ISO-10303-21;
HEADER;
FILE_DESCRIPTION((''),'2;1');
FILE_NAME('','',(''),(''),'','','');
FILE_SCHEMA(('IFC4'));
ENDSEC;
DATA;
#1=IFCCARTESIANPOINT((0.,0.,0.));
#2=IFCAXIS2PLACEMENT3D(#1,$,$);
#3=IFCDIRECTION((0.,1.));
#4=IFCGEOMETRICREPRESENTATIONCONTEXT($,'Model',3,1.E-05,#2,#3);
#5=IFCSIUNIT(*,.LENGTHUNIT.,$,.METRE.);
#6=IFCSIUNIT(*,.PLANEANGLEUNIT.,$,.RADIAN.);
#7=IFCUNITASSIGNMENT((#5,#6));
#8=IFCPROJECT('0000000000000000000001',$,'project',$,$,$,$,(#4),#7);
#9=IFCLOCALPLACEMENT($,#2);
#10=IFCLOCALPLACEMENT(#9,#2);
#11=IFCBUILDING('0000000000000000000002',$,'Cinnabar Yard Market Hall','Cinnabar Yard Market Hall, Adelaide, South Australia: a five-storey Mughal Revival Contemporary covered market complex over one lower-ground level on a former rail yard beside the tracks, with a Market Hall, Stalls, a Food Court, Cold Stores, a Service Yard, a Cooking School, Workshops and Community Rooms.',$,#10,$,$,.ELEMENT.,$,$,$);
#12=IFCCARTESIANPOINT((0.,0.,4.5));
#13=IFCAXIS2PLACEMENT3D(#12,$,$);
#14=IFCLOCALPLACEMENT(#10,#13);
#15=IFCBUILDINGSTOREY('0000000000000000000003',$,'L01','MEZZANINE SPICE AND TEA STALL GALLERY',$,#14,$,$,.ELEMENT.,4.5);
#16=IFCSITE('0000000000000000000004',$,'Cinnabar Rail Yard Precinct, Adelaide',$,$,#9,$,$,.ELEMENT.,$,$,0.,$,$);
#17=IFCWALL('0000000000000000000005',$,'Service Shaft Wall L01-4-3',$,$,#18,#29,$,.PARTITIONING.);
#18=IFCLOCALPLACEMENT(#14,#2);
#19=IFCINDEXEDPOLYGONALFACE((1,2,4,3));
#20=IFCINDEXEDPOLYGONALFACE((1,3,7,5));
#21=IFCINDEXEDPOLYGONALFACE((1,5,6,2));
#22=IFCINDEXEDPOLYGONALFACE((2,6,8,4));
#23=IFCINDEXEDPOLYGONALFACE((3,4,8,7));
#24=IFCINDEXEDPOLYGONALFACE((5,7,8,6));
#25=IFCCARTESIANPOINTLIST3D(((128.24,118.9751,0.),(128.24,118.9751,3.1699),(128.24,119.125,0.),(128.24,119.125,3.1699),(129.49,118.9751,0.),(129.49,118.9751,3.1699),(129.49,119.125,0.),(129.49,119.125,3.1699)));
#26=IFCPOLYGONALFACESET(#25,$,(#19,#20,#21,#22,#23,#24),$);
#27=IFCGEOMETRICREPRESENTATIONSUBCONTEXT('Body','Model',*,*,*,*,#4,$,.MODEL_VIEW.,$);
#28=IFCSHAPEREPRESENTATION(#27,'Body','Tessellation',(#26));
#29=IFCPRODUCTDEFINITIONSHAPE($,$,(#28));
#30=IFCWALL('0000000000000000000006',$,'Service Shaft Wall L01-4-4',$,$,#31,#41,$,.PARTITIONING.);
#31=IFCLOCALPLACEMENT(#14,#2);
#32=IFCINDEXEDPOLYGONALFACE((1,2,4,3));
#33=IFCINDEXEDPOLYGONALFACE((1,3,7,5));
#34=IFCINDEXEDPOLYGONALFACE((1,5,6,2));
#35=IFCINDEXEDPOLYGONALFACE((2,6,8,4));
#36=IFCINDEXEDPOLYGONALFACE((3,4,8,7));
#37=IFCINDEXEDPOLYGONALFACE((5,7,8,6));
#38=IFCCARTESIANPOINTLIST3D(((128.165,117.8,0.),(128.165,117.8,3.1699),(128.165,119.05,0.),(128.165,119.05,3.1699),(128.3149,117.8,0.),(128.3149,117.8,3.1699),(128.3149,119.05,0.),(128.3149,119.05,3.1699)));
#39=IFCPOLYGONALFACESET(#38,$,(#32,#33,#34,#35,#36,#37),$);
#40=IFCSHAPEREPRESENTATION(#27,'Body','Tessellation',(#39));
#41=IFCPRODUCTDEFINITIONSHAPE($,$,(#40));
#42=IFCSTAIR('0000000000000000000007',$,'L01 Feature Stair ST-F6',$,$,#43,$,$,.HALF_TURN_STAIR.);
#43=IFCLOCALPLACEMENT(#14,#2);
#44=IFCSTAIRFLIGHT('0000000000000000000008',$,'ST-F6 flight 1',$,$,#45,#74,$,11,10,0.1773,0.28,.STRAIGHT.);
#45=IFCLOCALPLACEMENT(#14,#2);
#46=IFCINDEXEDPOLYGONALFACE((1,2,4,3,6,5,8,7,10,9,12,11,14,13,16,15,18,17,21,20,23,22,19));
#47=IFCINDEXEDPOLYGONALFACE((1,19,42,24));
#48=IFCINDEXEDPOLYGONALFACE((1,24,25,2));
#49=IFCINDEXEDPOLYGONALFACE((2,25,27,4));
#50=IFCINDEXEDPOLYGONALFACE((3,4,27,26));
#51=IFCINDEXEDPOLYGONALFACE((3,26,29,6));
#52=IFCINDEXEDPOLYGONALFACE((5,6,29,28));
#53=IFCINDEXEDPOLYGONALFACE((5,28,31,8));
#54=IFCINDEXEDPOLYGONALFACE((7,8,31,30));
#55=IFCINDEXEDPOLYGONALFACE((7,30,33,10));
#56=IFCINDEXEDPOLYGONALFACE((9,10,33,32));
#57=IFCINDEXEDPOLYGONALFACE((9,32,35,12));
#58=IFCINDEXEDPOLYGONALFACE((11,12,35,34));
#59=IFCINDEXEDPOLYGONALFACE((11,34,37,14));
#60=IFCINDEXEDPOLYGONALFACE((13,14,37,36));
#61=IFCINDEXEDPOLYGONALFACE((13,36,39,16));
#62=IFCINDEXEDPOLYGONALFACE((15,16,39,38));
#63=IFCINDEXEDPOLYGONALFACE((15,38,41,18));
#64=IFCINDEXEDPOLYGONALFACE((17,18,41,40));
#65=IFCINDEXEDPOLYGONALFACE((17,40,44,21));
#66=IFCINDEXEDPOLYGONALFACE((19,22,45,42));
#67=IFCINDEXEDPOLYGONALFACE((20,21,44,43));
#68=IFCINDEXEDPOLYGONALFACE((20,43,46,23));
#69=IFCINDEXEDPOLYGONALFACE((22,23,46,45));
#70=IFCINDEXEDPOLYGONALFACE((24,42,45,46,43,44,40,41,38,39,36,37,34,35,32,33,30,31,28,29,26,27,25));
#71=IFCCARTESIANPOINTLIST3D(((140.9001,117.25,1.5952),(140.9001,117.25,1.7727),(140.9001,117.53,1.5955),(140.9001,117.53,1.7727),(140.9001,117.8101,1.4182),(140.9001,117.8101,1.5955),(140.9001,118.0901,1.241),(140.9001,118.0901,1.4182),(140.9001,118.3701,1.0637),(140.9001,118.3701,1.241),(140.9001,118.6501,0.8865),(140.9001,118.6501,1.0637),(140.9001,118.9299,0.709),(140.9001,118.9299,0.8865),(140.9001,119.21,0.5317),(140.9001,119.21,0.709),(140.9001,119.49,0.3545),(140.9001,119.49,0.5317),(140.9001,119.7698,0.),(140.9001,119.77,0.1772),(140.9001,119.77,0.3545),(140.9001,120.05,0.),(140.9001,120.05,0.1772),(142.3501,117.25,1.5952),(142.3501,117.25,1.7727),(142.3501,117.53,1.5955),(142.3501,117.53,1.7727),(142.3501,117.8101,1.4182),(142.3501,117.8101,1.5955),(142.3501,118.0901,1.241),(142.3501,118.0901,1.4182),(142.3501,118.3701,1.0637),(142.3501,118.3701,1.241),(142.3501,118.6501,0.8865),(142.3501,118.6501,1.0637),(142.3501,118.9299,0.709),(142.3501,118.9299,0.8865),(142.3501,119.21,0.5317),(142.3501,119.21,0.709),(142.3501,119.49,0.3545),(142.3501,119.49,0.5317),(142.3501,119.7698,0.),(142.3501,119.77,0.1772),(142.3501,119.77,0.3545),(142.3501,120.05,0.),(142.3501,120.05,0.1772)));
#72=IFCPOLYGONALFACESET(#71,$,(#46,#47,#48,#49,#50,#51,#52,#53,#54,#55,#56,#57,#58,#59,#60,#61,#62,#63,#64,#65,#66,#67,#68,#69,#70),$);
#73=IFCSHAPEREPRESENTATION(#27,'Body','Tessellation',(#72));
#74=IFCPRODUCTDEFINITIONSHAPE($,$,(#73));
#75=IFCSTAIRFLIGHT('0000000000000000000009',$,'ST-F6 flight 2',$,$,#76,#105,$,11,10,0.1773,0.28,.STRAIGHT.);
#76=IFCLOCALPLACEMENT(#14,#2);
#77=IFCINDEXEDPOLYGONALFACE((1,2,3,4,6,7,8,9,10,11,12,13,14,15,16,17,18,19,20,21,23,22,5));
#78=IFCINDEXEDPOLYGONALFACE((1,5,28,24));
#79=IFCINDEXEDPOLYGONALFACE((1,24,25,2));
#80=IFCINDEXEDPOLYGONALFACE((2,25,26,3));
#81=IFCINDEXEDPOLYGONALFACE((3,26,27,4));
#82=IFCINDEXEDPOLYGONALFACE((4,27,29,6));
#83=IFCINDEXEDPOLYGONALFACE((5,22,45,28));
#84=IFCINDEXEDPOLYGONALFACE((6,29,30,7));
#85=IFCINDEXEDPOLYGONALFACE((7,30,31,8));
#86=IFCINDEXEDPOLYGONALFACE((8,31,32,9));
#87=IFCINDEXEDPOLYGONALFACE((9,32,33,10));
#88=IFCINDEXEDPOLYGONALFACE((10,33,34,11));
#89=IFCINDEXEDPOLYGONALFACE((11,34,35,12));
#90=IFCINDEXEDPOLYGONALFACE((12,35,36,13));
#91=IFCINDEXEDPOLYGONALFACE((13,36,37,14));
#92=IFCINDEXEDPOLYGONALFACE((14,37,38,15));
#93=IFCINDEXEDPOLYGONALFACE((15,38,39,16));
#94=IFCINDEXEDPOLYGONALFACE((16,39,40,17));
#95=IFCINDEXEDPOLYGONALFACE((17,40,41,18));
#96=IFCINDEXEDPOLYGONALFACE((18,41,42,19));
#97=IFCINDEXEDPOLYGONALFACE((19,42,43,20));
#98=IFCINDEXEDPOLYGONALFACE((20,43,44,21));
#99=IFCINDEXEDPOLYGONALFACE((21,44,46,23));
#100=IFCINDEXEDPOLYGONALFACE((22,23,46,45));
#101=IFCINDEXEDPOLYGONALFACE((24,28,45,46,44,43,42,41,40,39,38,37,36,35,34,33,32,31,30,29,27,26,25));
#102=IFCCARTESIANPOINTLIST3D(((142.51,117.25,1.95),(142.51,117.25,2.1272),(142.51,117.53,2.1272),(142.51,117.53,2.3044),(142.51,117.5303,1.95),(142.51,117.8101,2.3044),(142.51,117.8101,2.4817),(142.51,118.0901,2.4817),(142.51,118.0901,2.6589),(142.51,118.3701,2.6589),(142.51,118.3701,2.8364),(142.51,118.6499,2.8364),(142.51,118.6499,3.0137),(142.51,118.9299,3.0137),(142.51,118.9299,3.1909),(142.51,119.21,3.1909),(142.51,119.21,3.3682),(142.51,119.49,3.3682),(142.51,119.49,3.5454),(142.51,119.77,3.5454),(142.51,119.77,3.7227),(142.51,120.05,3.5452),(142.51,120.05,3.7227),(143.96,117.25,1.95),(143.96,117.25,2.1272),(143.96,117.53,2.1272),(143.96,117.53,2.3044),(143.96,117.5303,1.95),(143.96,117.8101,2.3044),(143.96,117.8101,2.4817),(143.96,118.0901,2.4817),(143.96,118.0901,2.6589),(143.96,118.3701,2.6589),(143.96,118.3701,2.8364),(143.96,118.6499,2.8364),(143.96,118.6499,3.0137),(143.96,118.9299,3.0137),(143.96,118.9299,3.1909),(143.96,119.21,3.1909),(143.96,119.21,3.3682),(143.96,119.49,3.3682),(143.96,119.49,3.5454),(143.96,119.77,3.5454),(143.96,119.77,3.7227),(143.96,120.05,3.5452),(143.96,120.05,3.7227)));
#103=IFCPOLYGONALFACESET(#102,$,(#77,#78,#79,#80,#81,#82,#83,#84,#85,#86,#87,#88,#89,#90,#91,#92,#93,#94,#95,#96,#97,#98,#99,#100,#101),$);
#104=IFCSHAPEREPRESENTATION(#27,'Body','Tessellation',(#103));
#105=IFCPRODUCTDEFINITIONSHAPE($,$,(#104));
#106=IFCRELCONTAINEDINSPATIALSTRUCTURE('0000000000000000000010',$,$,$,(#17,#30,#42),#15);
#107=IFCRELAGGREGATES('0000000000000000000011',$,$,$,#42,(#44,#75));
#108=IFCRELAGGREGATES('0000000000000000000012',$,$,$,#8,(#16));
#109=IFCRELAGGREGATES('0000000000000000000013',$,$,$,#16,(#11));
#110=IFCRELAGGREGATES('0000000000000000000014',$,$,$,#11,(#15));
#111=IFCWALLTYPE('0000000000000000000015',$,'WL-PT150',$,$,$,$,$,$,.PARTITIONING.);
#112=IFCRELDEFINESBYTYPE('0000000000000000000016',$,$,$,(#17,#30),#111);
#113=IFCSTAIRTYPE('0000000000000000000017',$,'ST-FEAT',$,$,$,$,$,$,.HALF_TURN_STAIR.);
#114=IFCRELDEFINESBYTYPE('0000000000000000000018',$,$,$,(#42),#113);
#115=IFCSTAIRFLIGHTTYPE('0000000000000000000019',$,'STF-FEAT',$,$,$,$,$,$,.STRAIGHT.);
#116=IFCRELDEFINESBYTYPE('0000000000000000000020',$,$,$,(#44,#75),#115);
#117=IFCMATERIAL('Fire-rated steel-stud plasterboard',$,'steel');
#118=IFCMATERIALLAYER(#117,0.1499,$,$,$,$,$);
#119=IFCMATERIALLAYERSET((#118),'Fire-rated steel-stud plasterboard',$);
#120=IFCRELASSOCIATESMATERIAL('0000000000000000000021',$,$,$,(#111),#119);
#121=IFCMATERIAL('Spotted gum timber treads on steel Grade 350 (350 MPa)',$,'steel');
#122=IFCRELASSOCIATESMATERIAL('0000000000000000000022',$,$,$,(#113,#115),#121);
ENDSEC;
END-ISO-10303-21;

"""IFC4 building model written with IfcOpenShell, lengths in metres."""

from ifc_helpers import new_model, si_unit, direction, frame, frame_2d, origin, place, context, subcontext, project, spatial, polyline, rectangle, outline, extrude, material, layer, layer_set, type_object, element, aggregate, save


model = new_model("IFC4")

# Units and contexts
model_context = context("Model", 3, precision=1e-05, world=origin(), true_north=direction((0.0, 1.0)))
body_context = subcontext(model_context, "Body", "Model", "MODEL_VIEW")
ifc_project = project(units=[si_unit("LENGTHUNIT", "METRE"), si_unit("PLANEANGLEUNIT", "RADIAN")], contexts=[model_context])

# Site, building, storey
site_placement = place(None, origin())
site = spatial("IfcSite", under=ifc_project, at=site_placement, Name="Cinnabar Rail Yard Precinct, Adelaide", CompositionType="ELEMENT", RefElevation=0.0)
building_placement = place(site_placement, origin())
building = spatial("IfcBuilding", under=site, at=building_placement, Name="Cinnabar Yard Market Hall", Description="Cinnabar Yard Market Hall, Adelaide, South Australia: a five-storey Mughal Revival Contemporary covered market complex over one lower-ground level on a former rail yard beside the tracks, with a Market Hall, Stalls, a Food Court, Cold Stores, a Service Yard, a Cooking School, Workshops and Community Rooms.", CompositionType="ELEMENT")
storey_placement = place(building_placement, frame((0.0, 0.0, 4.5)))
storey = spatial("IfcBuildingStorey", under=building, at=storey_placement, Name="L01", Description="MEZZANINE SPICE AND TEA STALL GALLERY", CompositionType="ELEMENT", Elevation=4.5)

# Walls
ifc_material_1 = material(Name="Fire-rated steel-stud plasterboard", Category="steel")
ifc_layer_1 = layer(ifc_material_1, 0.1499)
ifc_layer_set_1 = layer_set([ifc_layer_1], Name="Fire-rated steel-stud plasterboard")
wall_type_1 = type_object("IfcWallType", Name="WL-PT150", PredefinedType="PARTITIONING", material=ifc_layer_set_1)
for number, where, z_axis, x_axis, name in (
    (1, (129.49, 119.05, 0.0), (0.0, 0.0, 1.0), (-1.0, 0.0, 0.0), "Service Shaft Wall L01-4-3"),
    (2, (128.24, 119.05, 0.0), (0.0, 0.0, 1.0), (0.0, -1.0, 0.0), "Service Shaft Wall L01-4-4"),
):
    element("IfcWall", number, at=place(storey_placement, frame(where, z_axis=z_axis, x_axis=x_axis)), inside=storey, type_object=wall_type_1, Name=name, PredefinedType="PARTITIONING", context=body_context, shape_type="SweptSolid", body=[
        extrude(rectangle(XDim=1.25, YDim=0.1499, at=frame_2d((0.625, 0.0), x_axis=(1.0, 0.0))), origin(), (0.0, 0.0, 1.0), 3.1699),
    ])

# Stair, stair flights
ifc_material_2 = material(Name="Spotted gum timber treads on steel Grade 350 (350 MPa)", Category="steel")
stair_type = type_object("IfcStairType", Name="ST-FEAT", PredefinedType="HALF_TURN_STAIR", material=ifc_material_2)
stair_placement = place(storey_placement, origin())
stair = element("IfcStair", 3, at=stair_placement, inside=storey, type_object=stair_type, Name="L01 Feature Stair ST-F6", PredefinedType="HALF_TURN_STAIR")
stair_flight_type = type_object("IfcStairFlightType", Name="STF-FEAT", PredefinedType="STRAIGHT", material=ifc_material_2)
stair_flight_1_placement = place(storey_placement, frame((141.625, 120.05, 0.0), z_axis=(0.0, 0.0, 1.0), x_axis=(0.0, -1.0, 0.0)))
stair_flight_1 = element("IfcStairFlight", 4, at=stair_flight_1_placement, type_object=stair_flight_type, Name="ST-F6 flight 1", NumberOfRisers=11, NumberOfTreads=10, PredefinedType="STRAIGHT", RiserHeight=0.1773, TreadLength=0.28, context=body_context, shape_type="SweptSolid", body=[
    extrude(outline(polyline([(0.0, 0.0), (0.0, 0.1772), (0.28, 0.1772), (0.28, 0.3545), (0.5601, 0.3545), (0.5601, 0.5317), (0.8401, 0.5317), (0.8401, 0.709), (1.1201, 0.709), (1.1201, 0.8865), (1.3999, 0.8865), (1.3999, 1.0637), (1.6799, 1.0637), (1.6799, 1.241), (1.96, 1.241), (1.96, 1.4182), (2.24, 1.4182), (2.24, 1.5955), (2.52, 1.5955), (2.52, 1.7727), (2.8, 1.7727), (2.8, 1.95), (2.8, 1.5952), (0.2803, 0.0), (0.0, 0.0)])), frame((0.0, 0.7251, 0.0), z_axis=(0.0, -1.0, 0.0), x_axis=(1.0, 0.0, 0.0)), (0.0, 0.0, 1.0), 1.45),
])
stair_flight_2_placement = place(storey_placement, frame((143.2351, 117.25, 1.95), z_axis=(0.0, 0.0, 1.0), x_axis=(0.0, 1.0, 0.0)))
stair_flight_2 = element("IfcStairFlight", 5, at=stair_flight_2_placement, type_object=stair_flight_type, Name="ST-F6 flight 2", NumberOfRisers=11, NumberOfTreads=10, PredefinedType="STRAIGHT", RiserHeight=0.1773, TreadLength=0.28, context=body_context, shape_type="SweptSolid", body=[
    extrude(outline(polyline([(0.0, 0.0), (0.0, 0.1772), (0.28, 0.1772), (0.28, 0.3545), (0.5601, 0.3545), (0.5601, 0.5317), (0.8401, 0.5317), (0.8401, 0.709), (1.1201, 0.709), (1.1201, 0.8865), (1.3999, 0.8865), (1.3999, 1.0637), (1.6799, 1.0637), (1.6799, 1.241), (1.96, 1.241), (1.96, 1.4182), (2.24, 1.4182), (2.24, 1.5955), (2.52, 1.5955), (2.52, 1.7727), (2.8, 1.7727), (2.8, 1.95), (2.8, 1.5952), (0.2803, 0.0), (0.0, 0.0)])), frame((0.0, 0.7251, 0.0), z_axis=(0.0, -1.0, 0.0), x_axis=(1.0, 0.0, 0.0)), (0.0, 0.0, 1.0), 1.45),
])
aggregate(stair, [stair_flight_1, stair_flight_2])

save(model, "model.ifc")
